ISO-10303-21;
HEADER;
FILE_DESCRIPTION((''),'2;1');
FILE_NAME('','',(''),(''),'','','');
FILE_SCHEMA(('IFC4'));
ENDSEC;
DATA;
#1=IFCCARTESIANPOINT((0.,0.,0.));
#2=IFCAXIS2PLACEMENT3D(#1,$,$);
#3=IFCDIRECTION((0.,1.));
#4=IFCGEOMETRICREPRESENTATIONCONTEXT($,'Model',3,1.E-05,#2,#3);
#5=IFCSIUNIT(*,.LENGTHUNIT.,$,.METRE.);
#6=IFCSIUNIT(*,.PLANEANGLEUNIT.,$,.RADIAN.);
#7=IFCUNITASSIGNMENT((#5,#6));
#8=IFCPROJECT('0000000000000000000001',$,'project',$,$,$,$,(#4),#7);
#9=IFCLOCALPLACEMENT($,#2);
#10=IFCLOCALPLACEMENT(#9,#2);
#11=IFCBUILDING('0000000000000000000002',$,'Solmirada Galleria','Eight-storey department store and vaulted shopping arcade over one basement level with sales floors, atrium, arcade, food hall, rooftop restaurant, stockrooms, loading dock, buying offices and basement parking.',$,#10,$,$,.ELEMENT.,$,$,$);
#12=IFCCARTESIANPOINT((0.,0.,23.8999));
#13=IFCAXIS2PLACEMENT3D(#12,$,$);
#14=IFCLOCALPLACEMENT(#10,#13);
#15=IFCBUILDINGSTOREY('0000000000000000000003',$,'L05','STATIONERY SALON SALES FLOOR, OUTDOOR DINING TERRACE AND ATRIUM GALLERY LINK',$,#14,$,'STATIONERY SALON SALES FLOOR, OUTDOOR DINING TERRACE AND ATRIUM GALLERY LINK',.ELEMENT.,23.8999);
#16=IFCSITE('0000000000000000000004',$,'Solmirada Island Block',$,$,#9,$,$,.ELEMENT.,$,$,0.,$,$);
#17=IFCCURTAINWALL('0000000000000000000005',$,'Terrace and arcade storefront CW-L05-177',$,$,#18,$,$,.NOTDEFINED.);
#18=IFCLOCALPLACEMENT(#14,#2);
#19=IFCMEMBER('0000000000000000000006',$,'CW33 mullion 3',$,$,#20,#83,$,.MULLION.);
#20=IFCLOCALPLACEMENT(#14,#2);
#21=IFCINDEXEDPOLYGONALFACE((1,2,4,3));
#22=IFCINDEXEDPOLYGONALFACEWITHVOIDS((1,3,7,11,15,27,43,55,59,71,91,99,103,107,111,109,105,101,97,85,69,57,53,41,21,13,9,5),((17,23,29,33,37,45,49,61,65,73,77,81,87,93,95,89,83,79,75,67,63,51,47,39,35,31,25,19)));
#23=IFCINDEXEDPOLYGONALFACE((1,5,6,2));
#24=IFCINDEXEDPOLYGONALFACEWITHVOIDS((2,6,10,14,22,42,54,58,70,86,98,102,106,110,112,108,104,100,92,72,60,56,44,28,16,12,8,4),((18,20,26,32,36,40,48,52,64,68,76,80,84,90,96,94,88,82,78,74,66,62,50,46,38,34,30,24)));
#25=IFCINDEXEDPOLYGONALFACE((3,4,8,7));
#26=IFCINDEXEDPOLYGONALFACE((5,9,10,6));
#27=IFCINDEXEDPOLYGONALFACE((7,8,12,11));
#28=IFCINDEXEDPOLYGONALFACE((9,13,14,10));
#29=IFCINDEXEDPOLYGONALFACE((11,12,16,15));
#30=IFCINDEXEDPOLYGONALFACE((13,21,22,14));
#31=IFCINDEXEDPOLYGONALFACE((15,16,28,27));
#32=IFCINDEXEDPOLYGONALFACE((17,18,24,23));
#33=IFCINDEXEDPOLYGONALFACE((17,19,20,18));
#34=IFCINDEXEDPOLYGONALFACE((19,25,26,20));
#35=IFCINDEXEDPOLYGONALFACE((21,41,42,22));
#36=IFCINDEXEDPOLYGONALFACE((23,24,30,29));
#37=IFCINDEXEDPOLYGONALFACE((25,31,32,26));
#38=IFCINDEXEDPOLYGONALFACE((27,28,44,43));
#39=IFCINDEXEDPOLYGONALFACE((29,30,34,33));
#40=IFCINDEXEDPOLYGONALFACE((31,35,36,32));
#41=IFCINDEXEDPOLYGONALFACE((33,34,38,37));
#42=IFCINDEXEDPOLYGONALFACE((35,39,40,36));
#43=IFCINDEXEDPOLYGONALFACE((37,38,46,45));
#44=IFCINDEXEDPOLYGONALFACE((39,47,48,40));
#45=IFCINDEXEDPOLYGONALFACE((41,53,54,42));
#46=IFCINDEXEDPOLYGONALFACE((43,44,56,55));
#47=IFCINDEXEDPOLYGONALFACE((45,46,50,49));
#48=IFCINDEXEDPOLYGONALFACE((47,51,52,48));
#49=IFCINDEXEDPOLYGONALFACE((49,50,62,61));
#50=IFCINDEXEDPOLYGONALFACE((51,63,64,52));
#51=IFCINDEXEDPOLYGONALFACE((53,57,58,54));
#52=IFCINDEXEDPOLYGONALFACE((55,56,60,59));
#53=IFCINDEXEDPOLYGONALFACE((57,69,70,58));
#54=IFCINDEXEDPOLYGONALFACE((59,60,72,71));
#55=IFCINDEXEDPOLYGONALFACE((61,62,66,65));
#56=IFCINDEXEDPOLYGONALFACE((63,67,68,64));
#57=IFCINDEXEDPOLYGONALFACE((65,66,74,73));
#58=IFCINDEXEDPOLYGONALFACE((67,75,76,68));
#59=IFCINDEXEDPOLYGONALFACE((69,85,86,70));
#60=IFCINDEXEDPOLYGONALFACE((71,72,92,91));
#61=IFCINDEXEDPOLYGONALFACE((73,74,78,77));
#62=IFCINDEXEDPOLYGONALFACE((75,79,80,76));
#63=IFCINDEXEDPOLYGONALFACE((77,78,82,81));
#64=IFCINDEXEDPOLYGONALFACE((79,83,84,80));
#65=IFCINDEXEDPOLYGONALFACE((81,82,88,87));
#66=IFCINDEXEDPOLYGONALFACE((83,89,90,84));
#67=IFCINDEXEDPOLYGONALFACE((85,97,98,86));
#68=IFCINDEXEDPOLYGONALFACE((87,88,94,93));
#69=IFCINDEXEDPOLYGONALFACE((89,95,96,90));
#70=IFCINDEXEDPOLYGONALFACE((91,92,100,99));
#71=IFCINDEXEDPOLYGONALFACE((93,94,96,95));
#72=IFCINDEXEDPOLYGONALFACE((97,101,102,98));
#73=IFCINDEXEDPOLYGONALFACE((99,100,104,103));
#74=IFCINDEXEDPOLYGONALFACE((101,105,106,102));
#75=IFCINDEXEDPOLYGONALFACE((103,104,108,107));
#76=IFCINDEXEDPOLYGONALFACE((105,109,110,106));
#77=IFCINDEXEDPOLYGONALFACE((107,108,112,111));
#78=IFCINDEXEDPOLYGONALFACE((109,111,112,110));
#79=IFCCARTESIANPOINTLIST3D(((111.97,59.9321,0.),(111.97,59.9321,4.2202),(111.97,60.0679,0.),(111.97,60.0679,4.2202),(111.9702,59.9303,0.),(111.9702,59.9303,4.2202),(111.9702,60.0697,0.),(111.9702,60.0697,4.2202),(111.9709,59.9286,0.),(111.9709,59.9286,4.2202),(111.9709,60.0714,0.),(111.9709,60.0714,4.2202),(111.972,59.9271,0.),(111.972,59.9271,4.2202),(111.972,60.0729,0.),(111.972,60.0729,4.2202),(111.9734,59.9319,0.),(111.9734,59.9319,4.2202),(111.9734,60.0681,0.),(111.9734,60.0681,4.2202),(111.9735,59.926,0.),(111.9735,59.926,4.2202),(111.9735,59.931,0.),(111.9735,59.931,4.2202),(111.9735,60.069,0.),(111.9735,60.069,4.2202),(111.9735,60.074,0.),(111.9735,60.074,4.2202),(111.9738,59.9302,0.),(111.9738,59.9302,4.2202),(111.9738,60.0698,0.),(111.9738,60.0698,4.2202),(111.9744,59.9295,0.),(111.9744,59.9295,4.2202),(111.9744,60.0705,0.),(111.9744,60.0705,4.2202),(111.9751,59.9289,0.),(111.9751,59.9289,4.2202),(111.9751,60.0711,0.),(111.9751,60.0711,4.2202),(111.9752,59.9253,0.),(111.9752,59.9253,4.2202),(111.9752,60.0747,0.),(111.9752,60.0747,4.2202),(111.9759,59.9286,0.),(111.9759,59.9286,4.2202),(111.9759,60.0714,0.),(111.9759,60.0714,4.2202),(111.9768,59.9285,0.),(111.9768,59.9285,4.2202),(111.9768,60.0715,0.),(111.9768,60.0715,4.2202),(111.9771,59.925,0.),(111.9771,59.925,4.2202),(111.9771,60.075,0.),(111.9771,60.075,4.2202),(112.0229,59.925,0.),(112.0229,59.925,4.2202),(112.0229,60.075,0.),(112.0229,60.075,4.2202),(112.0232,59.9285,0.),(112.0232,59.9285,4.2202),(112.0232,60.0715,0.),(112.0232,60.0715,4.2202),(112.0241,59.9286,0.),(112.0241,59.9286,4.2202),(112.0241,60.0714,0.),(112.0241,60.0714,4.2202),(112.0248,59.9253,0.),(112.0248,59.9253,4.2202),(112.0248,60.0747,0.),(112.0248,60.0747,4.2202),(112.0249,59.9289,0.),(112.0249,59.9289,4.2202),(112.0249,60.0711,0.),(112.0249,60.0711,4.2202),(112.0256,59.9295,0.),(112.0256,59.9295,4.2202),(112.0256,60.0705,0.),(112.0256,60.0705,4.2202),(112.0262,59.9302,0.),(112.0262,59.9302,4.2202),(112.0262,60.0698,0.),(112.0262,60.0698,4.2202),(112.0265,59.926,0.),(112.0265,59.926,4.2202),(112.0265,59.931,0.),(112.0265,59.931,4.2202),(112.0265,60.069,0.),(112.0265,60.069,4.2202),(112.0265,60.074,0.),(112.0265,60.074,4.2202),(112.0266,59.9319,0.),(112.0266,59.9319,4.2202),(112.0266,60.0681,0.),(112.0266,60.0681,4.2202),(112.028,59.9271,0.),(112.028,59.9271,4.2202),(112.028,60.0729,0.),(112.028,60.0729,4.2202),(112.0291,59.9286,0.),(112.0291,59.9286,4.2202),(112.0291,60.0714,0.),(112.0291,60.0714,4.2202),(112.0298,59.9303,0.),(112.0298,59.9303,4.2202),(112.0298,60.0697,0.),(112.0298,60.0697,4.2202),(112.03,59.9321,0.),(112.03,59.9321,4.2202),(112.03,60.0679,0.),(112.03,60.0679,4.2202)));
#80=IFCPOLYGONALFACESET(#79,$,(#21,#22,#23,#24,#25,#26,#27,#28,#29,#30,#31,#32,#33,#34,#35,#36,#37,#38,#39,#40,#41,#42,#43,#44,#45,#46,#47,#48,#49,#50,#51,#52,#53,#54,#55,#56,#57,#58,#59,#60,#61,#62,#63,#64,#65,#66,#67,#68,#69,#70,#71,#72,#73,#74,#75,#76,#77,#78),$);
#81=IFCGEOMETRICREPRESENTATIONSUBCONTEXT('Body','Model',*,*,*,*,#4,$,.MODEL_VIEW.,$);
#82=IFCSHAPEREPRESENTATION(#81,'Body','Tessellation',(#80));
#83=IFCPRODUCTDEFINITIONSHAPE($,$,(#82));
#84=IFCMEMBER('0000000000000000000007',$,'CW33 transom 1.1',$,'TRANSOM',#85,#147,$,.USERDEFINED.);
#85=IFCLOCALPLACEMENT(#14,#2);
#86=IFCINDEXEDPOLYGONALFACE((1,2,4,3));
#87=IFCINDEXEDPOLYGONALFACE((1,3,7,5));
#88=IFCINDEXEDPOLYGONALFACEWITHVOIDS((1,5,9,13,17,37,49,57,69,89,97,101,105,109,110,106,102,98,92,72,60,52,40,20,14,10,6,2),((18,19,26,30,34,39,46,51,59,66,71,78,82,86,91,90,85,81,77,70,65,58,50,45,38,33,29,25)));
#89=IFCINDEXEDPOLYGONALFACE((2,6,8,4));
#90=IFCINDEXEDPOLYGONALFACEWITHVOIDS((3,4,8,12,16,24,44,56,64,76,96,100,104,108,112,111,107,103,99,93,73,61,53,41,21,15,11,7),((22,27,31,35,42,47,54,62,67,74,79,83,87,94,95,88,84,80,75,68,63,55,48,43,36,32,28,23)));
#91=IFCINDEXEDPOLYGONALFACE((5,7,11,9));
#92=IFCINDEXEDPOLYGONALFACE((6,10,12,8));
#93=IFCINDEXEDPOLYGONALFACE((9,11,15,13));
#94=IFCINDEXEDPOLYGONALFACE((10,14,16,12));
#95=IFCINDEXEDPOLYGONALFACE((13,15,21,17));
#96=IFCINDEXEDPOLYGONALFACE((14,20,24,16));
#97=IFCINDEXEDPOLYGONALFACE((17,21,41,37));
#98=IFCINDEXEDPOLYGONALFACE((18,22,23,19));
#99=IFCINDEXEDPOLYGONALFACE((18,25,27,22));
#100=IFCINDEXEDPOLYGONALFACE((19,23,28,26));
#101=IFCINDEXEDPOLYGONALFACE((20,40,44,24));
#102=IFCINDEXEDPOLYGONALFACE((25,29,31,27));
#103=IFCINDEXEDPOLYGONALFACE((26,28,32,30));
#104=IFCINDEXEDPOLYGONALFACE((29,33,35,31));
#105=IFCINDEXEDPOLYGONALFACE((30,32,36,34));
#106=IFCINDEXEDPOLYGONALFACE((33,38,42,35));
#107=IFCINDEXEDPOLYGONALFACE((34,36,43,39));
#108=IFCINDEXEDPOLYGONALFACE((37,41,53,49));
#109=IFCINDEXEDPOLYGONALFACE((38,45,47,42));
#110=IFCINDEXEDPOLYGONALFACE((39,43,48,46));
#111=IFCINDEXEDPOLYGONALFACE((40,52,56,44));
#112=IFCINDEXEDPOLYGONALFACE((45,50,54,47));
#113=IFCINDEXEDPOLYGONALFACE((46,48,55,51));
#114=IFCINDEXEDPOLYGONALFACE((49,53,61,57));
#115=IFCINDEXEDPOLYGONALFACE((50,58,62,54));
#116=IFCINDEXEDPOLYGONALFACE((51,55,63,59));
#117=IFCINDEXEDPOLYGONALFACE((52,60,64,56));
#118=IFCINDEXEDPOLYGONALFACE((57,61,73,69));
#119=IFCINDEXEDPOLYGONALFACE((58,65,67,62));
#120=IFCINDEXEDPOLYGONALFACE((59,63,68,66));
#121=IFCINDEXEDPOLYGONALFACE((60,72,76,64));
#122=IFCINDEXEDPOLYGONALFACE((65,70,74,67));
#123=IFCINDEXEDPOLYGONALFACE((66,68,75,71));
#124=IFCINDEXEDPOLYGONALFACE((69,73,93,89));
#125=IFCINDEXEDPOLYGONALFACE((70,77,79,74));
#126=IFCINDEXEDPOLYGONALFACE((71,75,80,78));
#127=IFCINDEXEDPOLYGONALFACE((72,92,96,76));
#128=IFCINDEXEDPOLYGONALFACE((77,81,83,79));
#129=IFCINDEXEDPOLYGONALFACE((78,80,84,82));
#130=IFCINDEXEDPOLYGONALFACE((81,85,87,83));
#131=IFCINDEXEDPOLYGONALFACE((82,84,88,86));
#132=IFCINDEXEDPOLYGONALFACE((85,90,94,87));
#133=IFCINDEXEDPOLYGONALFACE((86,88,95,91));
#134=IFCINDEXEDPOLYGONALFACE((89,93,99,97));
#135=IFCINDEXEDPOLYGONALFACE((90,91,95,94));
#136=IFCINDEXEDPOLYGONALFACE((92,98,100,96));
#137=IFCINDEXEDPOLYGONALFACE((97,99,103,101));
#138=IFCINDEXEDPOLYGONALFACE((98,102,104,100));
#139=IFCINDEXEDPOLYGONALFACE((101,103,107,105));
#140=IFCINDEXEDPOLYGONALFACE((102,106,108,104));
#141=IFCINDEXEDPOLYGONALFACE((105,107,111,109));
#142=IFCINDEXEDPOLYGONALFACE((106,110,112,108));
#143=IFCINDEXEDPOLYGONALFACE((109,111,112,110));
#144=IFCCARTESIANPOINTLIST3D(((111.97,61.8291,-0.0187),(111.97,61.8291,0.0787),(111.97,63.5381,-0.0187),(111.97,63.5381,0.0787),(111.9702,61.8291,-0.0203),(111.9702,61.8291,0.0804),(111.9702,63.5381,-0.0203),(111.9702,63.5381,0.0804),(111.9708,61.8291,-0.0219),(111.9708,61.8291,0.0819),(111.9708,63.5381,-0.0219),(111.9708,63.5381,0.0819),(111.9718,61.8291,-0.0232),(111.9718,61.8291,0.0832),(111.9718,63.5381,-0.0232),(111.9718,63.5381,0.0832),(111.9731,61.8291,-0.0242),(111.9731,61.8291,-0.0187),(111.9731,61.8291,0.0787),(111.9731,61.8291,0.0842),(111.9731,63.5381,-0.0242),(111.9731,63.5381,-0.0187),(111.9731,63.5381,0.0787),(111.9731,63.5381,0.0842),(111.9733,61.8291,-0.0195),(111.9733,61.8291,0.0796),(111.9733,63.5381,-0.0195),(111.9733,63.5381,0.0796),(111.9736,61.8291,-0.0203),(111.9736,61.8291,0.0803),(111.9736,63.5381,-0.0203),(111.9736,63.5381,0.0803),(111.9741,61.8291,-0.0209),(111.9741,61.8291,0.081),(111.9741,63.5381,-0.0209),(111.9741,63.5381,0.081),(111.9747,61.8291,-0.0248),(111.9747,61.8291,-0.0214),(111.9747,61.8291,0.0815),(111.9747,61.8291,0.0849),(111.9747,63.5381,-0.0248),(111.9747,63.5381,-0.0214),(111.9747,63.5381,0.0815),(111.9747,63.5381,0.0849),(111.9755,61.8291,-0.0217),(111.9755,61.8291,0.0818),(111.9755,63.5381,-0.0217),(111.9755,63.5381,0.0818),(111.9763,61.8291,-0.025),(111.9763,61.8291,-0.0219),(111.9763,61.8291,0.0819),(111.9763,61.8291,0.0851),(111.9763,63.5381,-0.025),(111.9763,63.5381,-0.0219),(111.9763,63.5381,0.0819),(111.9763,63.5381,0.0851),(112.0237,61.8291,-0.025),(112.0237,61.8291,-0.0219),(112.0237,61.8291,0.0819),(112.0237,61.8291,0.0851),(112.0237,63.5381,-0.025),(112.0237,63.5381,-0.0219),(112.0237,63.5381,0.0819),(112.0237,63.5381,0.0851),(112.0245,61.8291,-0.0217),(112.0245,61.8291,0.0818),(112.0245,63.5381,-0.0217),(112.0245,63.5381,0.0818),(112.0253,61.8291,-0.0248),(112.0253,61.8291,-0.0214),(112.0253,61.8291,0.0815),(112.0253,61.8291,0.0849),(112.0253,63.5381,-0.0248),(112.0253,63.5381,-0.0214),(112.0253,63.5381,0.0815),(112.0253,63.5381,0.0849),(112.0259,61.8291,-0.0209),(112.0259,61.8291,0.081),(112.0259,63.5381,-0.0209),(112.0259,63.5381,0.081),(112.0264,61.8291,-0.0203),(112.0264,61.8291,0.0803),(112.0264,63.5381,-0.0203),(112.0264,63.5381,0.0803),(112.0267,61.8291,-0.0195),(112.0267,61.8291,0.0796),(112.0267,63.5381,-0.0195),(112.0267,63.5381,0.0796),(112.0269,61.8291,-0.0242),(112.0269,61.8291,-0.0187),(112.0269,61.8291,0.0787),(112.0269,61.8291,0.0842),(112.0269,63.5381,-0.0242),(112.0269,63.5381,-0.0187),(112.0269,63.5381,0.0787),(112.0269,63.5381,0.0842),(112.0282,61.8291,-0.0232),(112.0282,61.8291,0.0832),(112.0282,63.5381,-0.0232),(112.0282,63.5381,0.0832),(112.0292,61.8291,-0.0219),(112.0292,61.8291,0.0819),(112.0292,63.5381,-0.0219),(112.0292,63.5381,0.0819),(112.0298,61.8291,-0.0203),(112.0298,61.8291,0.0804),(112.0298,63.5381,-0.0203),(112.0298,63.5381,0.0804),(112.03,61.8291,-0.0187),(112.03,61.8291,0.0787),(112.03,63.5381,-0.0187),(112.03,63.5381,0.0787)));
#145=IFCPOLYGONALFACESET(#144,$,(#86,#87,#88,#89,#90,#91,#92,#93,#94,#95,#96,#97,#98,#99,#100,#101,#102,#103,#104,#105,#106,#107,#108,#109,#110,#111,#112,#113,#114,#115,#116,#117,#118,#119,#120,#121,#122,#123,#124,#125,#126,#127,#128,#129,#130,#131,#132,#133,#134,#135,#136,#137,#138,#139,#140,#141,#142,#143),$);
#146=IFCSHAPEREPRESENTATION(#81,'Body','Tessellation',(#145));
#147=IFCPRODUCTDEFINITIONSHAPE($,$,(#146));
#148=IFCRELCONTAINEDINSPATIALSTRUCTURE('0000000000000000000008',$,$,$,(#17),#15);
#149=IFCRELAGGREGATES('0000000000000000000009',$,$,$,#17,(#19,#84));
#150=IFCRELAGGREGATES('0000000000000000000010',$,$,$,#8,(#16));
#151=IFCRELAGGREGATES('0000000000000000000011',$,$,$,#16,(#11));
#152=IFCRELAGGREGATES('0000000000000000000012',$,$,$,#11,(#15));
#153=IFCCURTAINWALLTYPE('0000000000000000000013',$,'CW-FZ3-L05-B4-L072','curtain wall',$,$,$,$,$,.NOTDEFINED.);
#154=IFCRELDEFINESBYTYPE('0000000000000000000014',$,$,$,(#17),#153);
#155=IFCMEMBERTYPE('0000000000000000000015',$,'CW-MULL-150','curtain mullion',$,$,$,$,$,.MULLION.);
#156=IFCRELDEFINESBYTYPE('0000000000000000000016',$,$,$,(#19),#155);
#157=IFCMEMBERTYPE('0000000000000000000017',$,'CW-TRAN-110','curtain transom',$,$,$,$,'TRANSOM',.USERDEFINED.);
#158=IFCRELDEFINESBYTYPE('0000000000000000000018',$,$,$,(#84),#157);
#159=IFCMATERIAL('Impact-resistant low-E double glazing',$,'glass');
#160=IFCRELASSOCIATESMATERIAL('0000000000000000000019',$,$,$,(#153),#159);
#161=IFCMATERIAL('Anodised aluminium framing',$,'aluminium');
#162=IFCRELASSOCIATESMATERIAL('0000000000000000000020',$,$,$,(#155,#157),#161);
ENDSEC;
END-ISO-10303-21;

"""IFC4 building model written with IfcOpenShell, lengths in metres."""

from ifc_helpers import new_model, si_unit, direction, frame, origin, origin_2d, place, context, subcontext, project, spatial, hollow_rectangle, extrude, material, material_profile, profile_set, type_object, element, aggregate, save


model = new_model("IFC4")

# Units and contexts
model_context = context("Model", 3, precision=1e-05, world=origin(), true_north=direction((0.0, 1.0)))
body_context = subcontext(model_context, "Body", "Model", "MODEL_VIEW")
ifc_project = project(units=[si_unit("LENGTHUNIT", "METRE"), si_unit("PLANEANGLEUNIT", "RADIAN")], contexts=[model_context])

# Site, building, storey
site_placement = place(None, origin())
site = spatial("IfcSite", under=ifc_project, at=site_placement, Name="Solmirada Island Block", CompositionType="ELEMENT", RefElevation=0.0)
building_placement = place(site_placement, origin())
building = spatial("IfcBuilding", under=site, at=building_placement, Name="Solmirada Galleria", Description="Eight-storey department store and vaulted shopping arcade over one basement level with sales floors, atrium, arcade, food hall, rooftop restaurant, stockrooms, loading dock, buying offices and basement parking.", CompositionType="ELEMENT")
storey_placement = place(building_placement, frame((0.0, 0.0, 23.8999)))
storey = spatial("IfcBuildingStorey", under=building, at=storey_placement, Name="L05", Description="STATIONERY SALON SALES FLOOR, OUTDOOR DINING TERRACE AND ATRIUM GALLERY LINK", LongName="STATIONERY SALON SALES FLOOR, OUTDOOR DINING TERRACE AND ATRIUM GALLERY LINK", CompositionType="ELEMENT", Elevation=23.8999)

# Curtain wall, members
ifc_material_1 = material(Name="Impact-resistant low-E double glazing", Category="glass")
curtain_wall_type = type_object("IfcCurtainWallType", Name="CW-FZ3-L05-B4-L072", Description="curtain wall", PredefinedType="NOTDEFINED", material=ifc_material_1)
curtain_wall_placement = place(storey_placement, origin())
curtain_wall = element("IfcCurtainWall", 1, at=curtain_wall_placement, inside=storey, type_object=curtain_wall_type, Name="Terrace and arcade storefront CW-L05-177", PredefinedType="NOTDEFINED")
ifc_material_2 = material(Name="Anodised aluminium framing", Category="aluminium")
ifc_material_profile_1 = material_profile(ifc_material_2, hollow_rectangle(XDim=0.0601, YDim=0.1499, WallThickness=0.0034, InnerFilletRadius=0.0034, OuterFilletRadius=0.0071, at=origin_2d()), Name="ALU-MULL-150X60")
ifc_profile_set_1 = profile_set([ifc_material_profile_1], Name="Anodised aluminium framing")
member_type_1 = type_object("IfcMemberType", Name="CW-MULL-150", Description="curtain mullion", PredefinedType="MULLION", material=ifc_profile_set_1)
member_1_placement = place(storey_placement, frame((112.0, 60.0, 0.0), z_axis=(0.0, 0.0, 1.0), x_axis=(1.0, 0.0, 0.0)))
member_1 = element("IfcMember", 2, at=member_1_placement, type_object=member_type_1, Name="CW33 mullion 3", PredefinedType="MULLION", context=body_context, shape_type="SweptSolid", body=[
    extrude(hollow_rectangle(XDim=0.0601, YDim=0.1499, WallThickness=0.0034, InnerFilletRadius=0.0034, OuterFilletRadius=0.0071, at=origin_2d()), origin(), (0.0, 0.0, 1.0), 4.2202),
])
ifc_material_profile_2 = material_profile(ifc_material_2, hollow_rectangle(XDim=0.0601, YDim=0.1101, WallThickness=0.0032, InnerFilletRadius=0.0032, OuterFilletRadius=0.0063, at=origin_2d()), Name="ALU-TRAN-110X60")
ifc_profile_set_2 = profile_set([ifc_material_profile_2], Name="Anodised aluminium framing")
member_type_2 = type_object("IfcMemberType", Name="CW-TRAN-110", Description="curtain transom", ElementType="TRANSOM", PredefinedType="USERDEFINED", material=ifc_profile_set_2)
member_2_placement = place(storey_placement, frame((112.0, 63.5381, 0.03), z_axis=(0.0, -1.0, 0.0), x_axis=(1.0, 0.0, 0.0)))
member_2 = element("IfcMember", 3, at=member_2_placement, type_object=member_type_2, Name="CW33 transom 1.1", ObjectType="TRANSOM", PredefinedType="USERDEFINED", context=body_context, shape_type="SweptSolid", body=[
    extrude(hollow_rectangle(XDim=0.0601, YDim=0.1101, WallThickness=0.0032, InnerFilletRadius=0.0032, OuterFilletRadius=0.0063, at=origin_2d()), origin(), (0.0, 0.0, 1.0), 1.709),
])
aggregate(curtain_wall, [member_1, member_2])

save(model, "model.ifc")
